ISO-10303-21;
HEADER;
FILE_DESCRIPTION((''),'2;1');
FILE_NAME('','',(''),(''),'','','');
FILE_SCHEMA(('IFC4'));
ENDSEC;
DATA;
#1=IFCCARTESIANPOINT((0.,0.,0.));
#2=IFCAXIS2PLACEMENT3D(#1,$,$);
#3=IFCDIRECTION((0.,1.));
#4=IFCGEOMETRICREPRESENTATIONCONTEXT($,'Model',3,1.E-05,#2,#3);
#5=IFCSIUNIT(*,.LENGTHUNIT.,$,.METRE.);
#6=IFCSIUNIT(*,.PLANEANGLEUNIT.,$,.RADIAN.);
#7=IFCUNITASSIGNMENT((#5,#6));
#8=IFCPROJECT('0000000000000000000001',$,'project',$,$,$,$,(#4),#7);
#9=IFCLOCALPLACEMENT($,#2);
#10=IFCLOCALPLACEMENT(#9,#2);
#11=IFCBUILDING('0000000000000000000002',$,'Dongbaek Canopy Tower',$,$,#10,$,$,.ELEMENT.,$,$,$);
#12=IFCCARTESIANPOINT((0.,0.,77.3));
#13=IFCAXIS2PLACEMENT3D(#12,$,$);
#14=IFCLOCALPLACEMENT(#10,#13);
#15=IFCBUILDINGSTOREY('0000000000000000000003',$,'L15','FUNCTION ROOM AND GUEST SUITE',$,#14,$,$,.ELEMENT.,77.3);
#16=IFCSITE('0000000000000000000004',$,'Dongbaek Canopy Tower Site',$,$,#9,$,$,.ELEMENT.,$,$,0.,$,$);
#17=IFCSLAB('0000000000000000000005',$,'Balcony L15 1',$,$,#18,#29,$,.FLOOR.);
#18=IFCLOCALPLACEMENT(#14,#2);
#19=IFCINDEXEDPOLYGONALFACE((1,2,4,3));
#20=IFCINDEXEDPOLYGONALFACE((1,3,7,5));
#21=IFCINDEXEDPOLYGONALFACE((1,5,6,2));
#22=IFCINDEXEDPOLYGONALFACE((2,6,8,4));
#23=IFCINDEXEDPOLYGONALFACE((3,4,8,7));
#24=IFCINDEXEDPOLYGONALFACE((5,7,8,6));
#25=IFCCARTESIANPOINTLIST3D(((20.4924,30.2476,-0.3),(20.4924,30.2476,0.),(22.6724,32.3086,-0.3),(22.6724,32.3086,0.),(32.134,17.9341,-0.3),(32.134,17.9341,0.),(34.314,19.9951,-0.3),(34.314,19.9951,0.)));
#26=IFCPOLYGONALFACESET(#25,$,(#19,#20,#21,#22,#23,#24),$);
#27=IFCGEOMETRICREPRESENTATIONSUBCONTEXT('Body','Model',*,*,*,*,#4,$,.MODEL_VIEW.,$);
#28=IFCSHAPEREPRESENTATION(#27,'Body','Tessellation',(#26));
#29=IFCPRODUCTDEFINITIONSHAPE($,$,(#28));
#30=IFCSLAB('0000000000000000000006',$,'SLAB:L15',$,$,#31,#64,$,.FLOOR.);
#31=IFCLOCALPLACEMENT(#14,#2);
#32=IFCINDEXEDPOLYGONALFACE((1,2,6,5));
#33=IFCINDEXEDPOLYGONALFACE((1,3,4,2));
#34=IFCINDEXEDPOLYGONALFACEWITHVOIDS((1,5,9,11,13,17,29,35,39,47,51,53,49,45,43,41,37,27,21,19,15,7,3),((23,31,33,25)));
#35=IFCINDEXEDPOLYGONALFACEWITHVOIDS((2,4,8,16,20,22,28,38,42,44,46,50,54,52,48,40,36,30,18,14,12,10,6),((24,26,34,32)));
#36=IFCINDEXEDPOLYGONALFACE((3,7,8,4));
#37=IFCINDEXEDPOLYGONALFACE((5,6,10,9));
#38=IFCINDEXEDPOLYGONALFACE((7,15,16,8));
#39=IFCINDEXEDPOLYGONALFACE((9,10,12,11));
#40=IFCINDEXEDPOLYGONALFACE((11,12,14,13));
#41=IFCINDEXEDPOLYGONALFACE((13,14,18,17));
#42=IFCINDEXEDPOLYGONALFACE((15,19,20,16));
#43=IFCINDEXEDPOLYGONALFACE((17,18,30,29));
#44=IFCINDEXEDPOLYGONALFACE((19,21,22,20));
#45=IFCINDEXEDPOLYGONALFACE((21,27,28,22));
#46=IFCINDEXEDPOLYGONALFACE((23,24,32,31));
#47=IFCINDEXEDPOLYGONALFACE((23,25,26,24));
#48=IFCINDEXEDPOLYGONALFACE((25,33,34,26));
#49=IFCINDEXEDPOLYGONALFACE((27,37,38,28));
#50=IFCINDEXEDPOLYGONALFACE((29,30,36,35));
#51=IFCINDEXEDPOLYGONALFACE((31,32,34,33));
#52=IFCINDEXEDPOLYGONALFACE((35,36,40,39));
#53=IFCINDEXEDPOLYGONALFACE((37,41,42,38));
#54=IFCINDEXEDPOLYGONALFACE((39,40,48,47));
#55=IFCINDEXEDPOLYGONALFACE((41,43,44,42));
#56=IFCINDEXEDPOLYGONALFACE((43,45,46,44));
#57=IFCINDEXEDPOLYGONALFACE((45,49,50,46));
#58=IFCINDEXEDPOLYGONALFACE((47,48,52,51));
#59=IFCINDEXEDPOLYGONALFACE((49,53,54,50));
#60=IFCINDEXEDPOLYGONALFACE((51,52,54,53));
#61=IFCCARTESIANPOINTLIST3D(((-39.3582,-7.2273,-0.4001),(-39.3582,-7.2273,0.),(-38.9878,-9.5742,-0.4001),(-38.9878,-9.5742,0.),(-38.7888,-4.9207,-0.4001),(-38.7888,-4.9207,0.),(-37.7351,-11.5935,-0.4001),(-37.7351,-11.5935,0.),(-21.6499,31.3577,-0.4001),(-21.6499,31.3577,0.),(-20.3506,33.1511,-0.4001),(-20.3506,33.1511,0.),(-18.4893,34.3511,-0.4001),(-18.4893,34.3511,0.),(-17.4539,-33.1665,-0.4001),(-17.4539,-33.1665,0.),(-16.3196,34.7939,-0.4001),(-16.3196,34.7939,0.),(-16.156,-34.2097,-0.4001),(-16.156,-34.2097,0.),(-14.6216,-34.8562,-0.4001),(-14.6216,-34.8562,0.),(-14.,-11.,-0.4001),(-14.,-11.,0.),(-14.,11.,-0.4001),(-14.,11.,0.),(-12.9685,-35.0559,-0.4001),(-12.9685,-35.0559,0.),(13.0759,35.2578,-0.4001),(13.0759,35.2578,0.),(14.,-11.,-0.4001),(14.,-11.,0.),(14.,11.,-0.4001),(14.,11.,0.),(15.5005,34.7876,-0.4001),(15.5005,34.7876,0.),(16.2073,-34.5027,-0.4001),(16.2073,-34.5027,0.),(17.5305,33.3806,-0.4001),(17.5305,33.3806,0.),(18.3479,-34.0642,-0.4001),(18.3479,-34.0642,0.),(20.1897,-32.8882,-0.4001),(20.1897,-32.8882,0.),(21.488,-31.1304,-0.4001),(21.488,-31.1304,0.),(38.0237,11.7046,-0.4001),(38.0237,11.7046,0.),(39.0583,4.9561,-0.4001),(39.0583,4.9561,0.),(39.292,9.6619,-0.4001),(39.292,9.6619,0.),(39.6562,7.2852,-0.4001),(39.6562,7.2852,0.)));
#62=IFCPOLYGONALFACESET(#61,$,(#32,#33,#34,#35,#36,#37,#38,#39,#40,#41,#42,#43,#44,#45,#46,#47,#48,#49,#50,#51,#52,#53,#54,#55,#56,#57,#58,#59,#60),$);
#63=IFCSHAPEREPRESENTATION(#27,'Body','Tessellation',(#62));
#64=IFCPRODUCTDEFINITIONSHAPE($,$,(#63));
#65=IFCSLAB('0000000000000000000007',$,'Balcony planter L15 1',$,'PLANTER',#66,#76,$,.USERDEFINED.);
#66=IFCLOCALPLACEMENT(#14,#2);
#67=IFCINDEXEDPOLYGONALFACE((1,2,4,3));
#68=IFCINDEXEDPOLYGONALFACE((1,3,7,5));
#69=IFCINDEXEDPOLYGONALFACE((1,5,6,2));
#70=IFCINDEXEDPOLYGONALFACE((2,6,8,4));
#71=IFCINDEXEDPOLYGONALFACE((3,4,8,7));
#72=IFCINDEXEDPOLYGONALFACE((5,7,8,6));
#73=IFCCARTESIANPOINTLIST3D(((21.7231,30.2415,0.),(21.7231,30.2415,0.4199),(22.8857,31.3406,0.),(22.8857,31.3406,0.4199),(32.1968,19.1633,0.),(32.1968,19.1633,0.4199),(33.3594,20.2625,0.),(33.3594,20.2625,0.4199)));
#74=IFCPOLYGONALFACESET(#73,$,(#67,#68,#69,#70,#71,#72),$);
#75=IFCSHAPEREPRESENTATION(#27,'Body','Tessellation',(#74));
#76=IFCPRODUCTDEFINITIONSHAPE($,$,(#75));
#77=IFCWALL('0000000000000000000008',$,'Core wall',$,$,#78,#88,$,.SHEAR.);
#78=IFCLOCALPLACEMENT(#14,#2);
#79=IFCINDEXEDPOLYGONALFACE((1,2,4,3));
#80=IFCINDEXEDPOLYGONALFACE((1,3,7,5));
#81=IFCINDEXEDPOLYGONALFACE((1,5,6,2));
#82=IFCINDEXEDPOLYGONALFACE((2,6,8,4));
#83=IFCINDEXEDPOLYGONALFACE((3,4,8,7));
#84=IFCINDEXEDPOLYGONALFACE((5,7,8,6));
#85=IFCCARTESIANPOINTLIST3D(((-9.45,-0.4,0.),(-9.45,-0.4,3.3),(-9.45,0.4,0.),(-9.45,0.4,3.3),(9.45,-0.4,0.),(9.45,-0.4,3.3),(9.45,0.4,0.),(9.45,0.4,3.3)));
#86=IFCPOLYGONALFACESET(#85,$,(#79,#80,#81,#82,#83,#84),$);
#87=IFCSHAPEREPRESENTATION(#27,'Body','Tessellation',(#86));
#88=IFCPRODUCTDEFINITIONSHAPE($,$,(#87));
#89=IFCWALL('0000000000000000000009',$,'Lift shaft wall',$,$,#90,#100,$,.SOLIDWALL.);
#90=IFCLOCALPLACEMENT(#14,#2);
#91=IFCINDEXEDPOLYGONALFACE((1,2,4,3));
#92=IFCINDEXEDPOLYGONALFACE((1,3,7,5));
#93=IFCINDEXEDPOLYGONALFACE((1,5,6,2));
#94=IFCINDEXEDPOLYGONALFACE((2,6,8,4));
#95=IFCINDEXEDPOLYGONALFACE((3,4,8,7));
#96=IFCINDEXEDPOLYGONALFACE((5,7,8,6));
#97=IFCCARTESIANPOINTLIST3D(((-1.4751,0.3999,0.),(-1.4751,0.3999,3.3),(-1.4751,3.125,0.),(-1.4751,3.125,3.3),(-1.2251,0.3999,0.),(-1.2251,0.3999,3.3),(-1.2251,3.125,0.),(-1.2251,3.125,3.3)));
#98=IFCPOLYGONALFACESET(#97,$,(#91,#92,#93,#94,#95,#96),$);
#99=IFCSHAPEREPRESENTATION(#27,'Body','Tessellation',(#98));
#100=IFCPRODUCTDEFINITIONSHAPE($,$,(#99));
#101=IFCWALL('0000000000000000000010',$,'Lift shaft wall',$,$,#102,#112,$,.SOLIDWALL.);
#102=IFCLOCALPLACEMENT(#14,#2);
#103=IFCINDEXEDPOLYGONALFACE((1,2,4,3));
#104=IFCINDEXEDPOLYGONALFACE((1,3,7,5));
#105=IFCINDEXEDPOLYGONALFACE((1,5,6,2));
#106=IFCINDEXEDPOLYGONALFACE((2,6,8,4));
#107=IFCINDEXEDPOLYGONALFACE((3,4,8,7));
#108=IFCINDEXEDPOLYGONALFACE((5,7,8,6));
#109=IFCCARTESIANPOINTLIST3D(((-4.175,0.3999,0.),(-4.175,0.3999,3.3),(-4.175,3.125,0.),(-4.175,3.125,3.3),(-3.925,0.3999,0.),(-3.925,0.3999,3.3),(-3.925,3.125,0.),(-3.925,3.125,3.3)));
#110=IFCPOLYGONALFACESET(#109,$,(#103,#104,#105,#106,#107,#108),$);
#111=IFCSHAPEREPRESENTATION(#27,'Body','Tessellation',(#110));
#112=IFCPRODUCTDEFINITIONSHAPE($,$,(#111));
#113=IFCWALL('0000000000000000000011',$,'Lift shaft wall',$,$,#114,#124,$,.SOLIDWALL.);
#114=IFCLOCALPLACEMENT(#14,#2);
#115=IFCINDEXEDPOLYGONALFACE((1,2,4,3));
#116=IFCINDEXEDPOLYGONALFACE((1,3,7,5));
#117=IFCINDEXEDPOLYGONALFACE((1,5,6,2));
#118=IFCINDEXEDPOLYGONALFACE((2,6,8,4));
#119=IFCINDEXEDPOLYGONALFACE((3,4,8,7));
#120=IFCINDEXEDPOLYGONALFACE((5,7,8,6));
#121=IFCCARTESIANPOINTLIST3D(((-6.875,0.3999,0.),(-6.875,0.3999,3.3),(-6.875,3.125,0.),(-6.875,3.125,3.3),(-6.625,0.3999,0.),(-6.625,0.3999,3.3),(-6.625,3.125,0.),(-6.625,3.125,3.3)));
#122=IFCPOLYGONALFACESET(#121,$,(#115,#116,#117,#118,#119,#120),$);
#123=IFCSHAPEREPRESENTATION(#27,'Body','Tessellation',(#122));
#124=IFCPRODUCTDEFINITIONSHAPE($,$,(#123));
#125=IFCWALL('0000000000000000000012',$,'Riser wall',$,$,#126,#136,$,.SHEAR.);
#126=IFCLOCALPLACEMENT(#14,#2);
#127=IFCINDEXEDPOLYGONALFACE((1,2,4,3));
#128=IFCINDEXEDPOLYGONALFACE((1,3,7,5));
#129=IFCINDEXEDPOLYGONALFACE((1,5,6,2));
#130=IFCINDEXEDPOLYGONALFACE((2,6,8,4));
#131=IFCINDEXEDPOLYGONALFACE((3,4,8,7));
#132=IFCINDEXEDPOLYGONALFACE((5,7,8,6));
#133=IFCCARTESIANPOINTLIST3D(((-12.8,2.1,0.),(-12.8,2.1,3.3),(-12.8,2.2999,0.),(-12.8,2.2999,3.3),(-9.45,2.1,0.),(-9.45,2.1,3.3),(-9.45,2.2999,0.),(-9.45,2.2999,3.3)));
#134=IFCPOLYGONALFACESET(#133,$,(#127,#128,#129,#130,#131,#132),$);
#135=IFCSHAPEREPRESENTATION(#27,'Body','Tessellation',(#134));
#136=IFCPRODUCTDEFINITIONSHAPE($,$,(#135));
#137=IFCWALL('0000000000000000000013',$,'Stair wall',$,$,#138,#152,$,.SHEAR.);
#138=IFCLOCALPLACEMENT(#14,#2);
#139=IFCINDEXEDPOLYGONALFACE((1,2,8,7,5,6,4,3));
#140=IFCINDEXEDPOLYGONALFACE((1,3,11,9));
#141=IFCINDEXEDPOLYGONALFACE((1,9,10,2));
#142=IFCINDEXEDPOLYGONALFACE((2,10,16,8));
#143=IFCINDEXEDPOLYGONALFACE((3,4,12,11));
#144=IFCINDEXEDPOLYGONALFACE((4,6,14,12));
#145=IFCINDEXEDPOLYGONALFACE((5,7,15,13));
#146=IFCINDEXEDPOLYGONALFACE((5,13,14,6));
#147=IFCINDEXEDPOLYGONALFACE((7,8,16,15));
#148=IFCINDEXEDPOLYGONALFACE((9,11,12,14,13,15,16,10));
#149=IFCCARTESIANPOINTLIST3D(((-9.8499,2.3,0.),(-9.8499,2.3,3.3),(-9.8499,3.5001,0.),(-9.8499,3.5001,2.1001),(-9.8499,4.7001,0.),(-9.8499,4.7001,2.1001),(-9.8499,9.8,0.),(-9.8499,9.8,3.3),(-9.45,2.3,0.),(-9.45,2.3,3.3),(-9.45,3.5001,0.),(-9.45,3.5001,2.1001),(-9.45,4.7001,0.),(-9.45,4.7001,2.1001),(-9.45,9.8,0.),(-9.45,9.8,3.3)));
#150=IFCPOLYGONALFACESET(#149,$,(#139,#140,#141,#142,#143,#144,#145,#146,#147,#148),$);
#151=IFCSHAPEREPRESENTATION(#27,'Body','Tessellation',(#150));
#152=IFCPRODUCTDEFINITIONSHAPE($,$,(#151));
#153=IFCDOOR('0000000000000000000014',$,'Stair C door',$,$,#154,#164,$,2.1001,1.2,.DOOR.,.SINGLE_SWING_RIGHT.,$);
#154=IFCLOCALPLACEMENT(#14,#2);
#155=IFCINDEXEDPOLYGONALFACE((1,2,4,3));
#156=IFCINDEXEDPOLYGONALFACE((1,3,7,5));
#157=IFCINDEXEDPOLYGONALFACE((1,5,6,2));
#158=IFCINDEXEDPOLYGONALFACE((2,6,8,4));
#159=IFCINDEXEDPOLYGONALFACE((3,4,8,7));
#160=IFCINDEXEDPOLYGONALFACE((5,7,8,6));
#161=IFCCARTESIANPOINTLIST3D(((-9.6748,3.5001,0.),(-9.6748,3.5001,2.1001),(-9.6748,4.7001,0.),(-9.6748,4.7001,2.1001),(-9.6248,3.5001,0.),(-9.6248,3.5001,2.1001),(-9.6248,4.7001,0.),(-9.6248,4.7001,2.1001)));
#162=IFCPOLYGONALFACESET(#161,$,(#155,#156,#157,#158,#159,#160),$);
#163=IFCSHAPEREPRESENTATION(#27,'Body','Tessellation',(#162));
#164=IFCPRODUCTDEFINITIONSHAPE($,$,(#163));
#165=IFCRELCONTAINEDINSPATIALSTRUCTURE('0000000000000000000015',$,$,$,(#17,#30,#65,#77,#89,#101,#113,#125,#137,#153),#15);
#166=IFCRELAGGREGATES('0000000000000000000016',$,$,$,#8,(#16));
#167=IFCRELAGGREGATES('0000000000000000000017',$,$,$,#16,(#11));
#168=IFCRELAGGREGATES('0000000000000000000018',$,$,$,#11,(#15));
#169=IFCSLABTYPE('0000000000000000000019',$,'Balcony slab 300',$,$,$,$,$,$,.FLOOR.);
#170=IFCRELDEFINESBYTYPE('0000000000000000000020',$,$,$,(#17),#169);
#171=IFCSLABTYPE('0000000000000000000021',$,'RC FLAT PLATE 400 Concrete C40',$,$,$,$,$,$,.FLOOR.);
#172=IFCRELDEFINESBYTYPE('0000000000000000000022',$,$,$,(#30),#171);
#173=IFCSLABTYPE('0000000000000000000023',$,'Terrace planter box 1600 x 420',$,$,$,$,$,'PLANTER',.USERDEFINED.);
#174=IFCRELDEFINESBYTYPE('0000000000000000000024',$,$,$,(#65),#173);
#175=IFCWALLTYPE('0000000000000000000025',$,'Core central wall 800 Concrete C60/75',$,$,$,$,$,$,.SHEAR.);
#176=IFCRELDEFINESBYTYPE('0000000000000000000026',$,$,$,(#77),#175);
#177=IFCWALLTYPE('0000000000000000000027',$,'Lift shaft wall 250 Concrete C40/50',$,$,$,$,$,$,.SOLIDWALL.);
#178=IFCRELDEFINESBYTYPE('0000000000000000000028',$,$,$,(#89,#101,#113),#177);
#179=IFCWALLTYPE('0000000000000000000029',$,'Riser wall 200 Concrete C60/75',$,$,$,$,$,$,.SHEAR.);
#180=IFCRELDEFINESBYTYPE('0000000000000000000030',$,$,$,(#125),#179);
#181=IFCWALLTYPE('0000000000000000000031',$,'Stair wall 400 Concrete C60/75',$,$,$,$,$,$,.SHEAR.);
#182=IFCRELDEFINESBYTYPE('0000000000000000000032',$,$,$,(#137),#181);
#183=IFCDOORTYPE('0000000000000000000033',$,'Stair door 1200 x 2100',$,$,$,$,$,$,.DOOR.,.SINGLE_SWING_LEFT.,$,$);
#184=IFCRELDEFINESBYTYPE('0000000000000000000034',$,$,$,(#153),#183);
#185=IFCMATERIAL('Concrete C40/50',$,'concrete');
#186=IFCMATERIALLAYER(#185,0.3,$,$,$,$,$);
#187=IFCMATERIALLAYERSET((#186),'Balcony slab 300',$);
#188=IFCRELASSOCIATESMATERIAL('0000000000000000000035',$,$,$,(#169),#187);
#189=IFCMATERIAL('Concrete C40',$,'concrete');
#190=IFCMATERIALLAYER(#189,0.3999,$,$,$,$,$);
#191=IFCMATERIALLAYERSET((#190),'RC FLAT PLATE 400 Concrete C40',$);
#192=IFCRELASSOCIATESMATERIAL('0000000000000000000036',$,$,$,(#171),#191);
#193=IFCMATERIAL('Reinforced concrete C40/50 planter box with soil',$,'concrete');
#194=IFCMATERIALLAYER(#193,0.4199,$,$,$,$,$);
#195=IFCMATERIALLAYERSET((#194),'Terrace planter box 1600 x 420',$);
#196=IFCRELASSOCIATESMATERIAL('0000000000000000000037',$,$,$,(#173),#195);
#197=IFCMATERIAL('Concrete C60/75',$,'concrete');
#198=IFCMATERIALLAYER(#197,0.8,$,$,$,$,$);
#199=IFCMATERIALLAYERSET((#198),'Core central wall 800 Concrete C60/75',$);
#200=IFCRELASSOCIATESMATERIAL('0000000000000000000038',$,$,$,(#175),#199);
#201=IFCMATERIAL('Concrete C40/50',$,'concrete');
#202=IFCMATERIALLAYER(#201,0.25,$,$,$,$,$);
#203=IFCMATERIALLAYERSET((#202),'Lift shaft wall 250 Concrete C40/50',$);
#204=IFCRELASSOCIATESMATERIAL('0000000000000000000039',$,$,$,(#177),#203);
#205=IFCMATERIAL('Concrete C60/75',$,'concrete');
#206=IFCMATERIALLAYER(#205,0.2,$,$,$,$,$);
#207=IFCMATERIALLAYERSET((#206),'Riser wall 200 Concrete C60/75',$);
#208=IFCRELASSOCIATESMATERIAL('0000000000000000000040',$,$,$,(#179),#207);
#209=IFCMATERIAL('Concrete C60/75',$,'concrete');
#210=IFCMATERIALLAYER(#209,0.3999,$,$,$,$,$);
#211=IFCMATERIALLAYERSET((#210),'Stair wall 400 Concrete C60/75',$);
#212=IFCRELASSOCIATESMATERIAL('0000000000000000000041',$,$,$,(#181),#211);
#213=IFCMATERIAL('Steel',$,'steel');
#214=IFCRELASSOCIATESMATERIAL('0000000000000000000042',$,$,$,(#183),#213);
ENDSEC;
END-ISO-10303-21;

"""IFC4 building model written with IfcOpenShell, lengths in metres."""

from ifc_helpers import new_model, si_unit, direction, frame, frame_2d, origin, place, context, subcontext, project, spatial, polyline, rectangle, outline, extrude, material, layer, layer_set, type_object, element, fill, save


model = new_model("IFC4")

# Units and contexts
model_context = context("Model", 3, precision=1e-05, world=origin(), true_north=direction((0.0, 1.0)))
body_context = subcontext(model_context, "Body", "Model", "MODEL_VIEW")
ifc_project = project(units=[si_unit("LENGTHUNIT", "METRE"), si_unit("PLANEANGLEUNIT", "RADIAN")], contexts=[model_context])

# Site, building, storey
site_placement = place(None, origin())
site = spatial("IfcSite", under=ifc_project, at=site_placement, Name="Dongbaek Canopy Tower Site", CompositionType="ELEMENT", RefElevation=0.0)
building_placement = place(site_placement, origin())
building = spatial("IfcBuilding", under=site, at=building_placement, Name="Dongbaek Canopy Tower", CompositionType="ELEMENT")
storey_placement = place(building_placement, frame((0.0, 0.0, 77.3)))
storey = spatial("IfcBuildingStorey", under=building, at=storey_placement, Name="L15", Description="FUNCTION ROOM AND GUEST SUITE", CompositionType="ELEMENT", Elevation=77.3)

# Slabs
ifc_material_1 = material(Name="Concrete C40/50", Category="concrete")
ifc_layer_1 = layer(ifc_material_1, 0.3)
ifc_layer_set_1 = layer_set([ifc_layer_1], Name="Balcony slab 300")
slab_type_1 = type_object("IfcSlabType", Name="Balcony slab 300", PredefinedType="FLOOR", material=ifc_layer_set_1)
slab_1_placement = place(storey_placement, frame((0.0, 0.0, -0.3)))
element("IfcSlab", 1, at=slab_1_placement, inside=storey, type_object=slab_type_1, Name="Balcony L15 1", PredefinedType="FLOOR", context=body_context, shape_type="SweptSolid", body=[
    extrude(outline(polyline([(32.134, 17.9341), (20.4924, 30.2476), (22.6724, 32.3086), (34.314, 19.9951), (32.134, 17.9341)])), origin(), (0.0, 0.0, 1.0), 0.3),
])
ifc_material_2 = material(Name="Concrete C40", Category="concrete")
ifc_layer_2 = layer(ifc_material_2, 0.3999)
ifc_layer_set_2 = layer_set([ifc_layer_2], Name="RC FLAT PLATE 400 Concrete C40")
slab_type_2 = type_object("IfcSlabType", Name="RC FLAT PLATE 400 Concrete C40", PredefinedType="FLOOR", material=ifc_layer_set_2)
slab_2_placement = place(storey_placement, frame((0.0, 0.0, -0.4001)))
element("IfcSlab", 2, at=slab_2_placement, inside=storey, type_object=slab_type_2, Name="SLAB:L15", PredefinedType="FLOOR", context=body_context, shape_type="SweptSolid", body=[
    extrude(outline(polyline([(21.488, -31.1304), (20.1897, -32.8882), (18.3479, -34.0642), (16.2073, -34.5027), (-12.9685, -35.0559), (-14.6216, -34.8562), (-16.156, -34.2097), (-17.4539, -33.1665), (-37.7351, -11.5935), (-38.9878, -9.5742), (-39.3582, -7.2273), (-38.7888, -4.9207), (-21.6499, 31.3577), (-20.3506, 33.1511), (-18.4893, 34.3511), (-16.3196, 34.7939), (13.0759, 35.2578), (15.5005, 34.7876), (17.5305, 33.3806), (38.0237, 11.7046), (39.292, 9.6619), (39.6562, 7.2852), (39.0583, 4.9561), (21.488, -31.1304)]), holes=[polyline([(14.0, 11.0), (-14.0, 11.0), (-14.0, -11.0), (14.0, -11.0), (14.0, 11.0)])]), origin(), (0.0, 0.0, 1.0), 0.4001),
])
ifc_material_3 = material(Name="Reinforced concrete C40/50 planter box with soil", Category="concrete")
ifc_layer_3 = layer(ifc_material_3, 0.4199)
ifc_layer_set_3 = layer_set([ifc_layer_3], Name="Terrace planter box 1600 x 420")
slab_type_3 = type_object("IfcSlabType", Name="Terrace planter box 1600 x 420", ElementType="PLANTER", PredefinedType="USERDEFINED", material=ifc_layer_set_3)
slab_3_placement = place(storey_placement, origin())
element("IfcSlab", 3, at=slab_3_placement, inside=storey, type_object=slab_type_3, Name="Balcony planter L15 1", ObjectType="PLANTER", PredefinedType="USERDEFINED", context=body_context, shape_type="SweptSolid", body=[
    extrude(outline(polyline([(32.1968, 19.1633), (21.7231, 30.2415), (22.8857, 31.3406), (33.3594, 20.2625), (32.1968, 19.1633)])), origin(), (0.0, 0.0, 1.0), 0.4199),
])

# Walls
ifc_material_4 = material(Name="Concrete C60/75", Category="concrete")
ifc_layer_4 = layer(ifc_material_4, 0.8)
ifc_layer_set_4 = layer_set([ifc_layer_4], Name="Core central wall 800 Concrete C60/75")
wall_type_1 = type_object("IfcWallType", Name="Core central wall 800 Concrete C60/75", PredefinedType="SHEAR", material=ifc_layer_set_4)
wall_1_placement = place(storey_placement, frame((-9.45, 0.0, 0.0), z_axis=(0.0, 0.0, 1.0), x_axis=(1.0, 0.0, 0.0)))
element("IfcWall", 4, at=wall_1_placement, inside=storey, type_object=wall_type_1, Name="Core wall", PredefinedType="SHEAR", context=body_context, shape_type="SweptSolid", body=[
    extrude(rectangle(XDim=18.8999, YDim=0.8, at=frame_2d((9.45, 0.0))), origin(), (0.0, 0.0, 1.0), 3.3),
])
ifc_material_5 = material(Name="Concrete C40/50", Category="concrete")
ifc_layer_5 = layer(ifc_material_5, 0.25)
ifc_layer_set_5 = layer_set([ifc_layer_5], Name="Lift shaft wall 250 Concrete C40/50")
wall_type_2 = type_object("IfcWallType", Name="Lift shaft wall 250 Concrete C40/50", PredefinedType="SOLIDWALL", material=ifc_layer_set_5)
for number, where, z_axis, x_axis, name in (
    (5, (-1.3501, 0.3999, 0.0), (0.0, 0.0, 1.0), (0.0, 1.0, 0.0), "Lift shaft wall"),
    (6, (-4.05, 0.3999, 0.0), (0.0, 0.0, 1.0), (0.0, 1.0, 0.0), "Lift shaft wall"),
    (7, (-6.75, 0.3999, 0.0), (0.0, 0.0, 1.0), (0.0, 1.0, 0.0), "Lift shaft wall"),
):
    element("IfcWall", number, at=place(storey_placement, frame(where, z_axis=z_axis, x_axis=x_axis)), inside=storey, type_object=wall_type_2, Name=name, PredefinedType="SOLIDWALL", context=body_context, shape_type="SweptSolid", body=[
        extrude(rectangle(XDim=2.7251, YDim=0.25, at=frame_2d((1.3625, 0.0))), origin(), (0.0, 0.0, 1.0), 3.3),
    ])
ifc_material_6 = material(Name="Concrete C60/75", Category="concrete")
ifc_layer_6 = layer(ifc_material_6, 0.2)
ifc_layer_set_6 = layer_set([ifc_layer_6], Name="Riser wall 200 Concrete C60/75")
wall_type_3 = type_object("IfcWallType", Name="Riser wall 200 Concrete C60/75", PredefinedType="SHEAR", material=ifc_layer_set_6)
wall_2_placement = place(storey_placement, frame((-9.45, 2.2, 0.0), z_axis=(0.0, 0.0, 1.0), x_axis=(-1.0, 0.0, 0.0)))
element("IfcWall", 8, at=wall_2_placement, inside=storey, type_object=wall_type_3, Name="Riser wall", PredefinedType="SHEAR", context=body_context, shape_type="SweptSolid", body=[
    extrude(rectangle(XDim=3.3501, YDim=0.2, at=frame_2d((1.675, 0.0))), origin(), (0.0, 0.0, 1.0), 3.3),
])

# Wall, opening, door
ifc_material_7 = material(Name="Concrete C60/75", Category="concrete")
ifc_layer_7 = layer(ifc_material_7, 0.3999)
ifc_layer_set_7 = layer_set([ifc_layer_7], Name="Stair wall 400 Concrete C60/75")
wall_type_4 = type_object("IfcWallType", Name="Stair wall 400 Concrete C60/75", PredefinedType="SHEAR", material=ifc_layer_set_7)
wall_3_placement = place(storey_placement, frame((-9.6499, 2.3, 0.0), z_axis=(0.0, 0.0, 1.0), x_axis=(0.0, 1.0, 0.0)))
wall_3 = element("IfcWall", 9, at=wall_3_placement, inside=storey, type_object=wall_type_4, Name="Stair wall", PredefinedType="SHEAR", context=body_context, shape_type="SweptSolid", body=[
    extrude(rectangle(XDim=7.5, YDim=0.3999, at=frame_2d((3.75, 0.0))), origin(), (0.0, 0.0, 1.0), 3.3),
])
opening_placement = place(wall_3_placement, frame((1.2, 0.0, 0.0)))
opening = element("IfcOpeningElement", 10, at=opening_placement, cuts=wall_3, PredefinedType="OPENING", context=body_context, shape_type="SweptSolid", body=[
    extrude(rectangle(XDim=1.2, YDim=2.1001, at=frame_2d((0.6001, 1.05))), frame((0.0, 0.21, 0.0), z_axis=(0.0, -1.0, 0.0), x_axis=(1.0, 0.0, 0.0)), (0.0, 0.0, 1.0), 0.4199),
])
ifc_material_8 = material(Name="Steel", Category="steel")
door_type = type_object("IfcDoorType", Name="Stair door 1200 x 2100", OperationType="SINGLE_SWING_LEFT", PredefinedType="DOOR", material=ifc_material_8)
door_placement = place(opening_placement, origin())
door = element("IfcDoor", 11, at=door_placement, inside=storey, type_object=door_type, Name="Stair C door", OperationType="SINGLE_SWING_RIGHT", OverallHeight=2.1001, OverallWidth=1.2, PredefinedType="DOOR", context=body_context, shape_type="SweptSolid", body=[
    extrude(rectangle(XDim=1.2, YDim=2.1001, at=frame_2d((0.6001, 1.05))), frame((0.0, 0.0249, 0.0), z_axis=(0.0, -1.0, 0.0), x_axis=(1.0, 0.0, 0.0)), (0.0, 0.0, 1.0), 0.05),
])
fill(opening, door)

save(model, "model.ifc")
